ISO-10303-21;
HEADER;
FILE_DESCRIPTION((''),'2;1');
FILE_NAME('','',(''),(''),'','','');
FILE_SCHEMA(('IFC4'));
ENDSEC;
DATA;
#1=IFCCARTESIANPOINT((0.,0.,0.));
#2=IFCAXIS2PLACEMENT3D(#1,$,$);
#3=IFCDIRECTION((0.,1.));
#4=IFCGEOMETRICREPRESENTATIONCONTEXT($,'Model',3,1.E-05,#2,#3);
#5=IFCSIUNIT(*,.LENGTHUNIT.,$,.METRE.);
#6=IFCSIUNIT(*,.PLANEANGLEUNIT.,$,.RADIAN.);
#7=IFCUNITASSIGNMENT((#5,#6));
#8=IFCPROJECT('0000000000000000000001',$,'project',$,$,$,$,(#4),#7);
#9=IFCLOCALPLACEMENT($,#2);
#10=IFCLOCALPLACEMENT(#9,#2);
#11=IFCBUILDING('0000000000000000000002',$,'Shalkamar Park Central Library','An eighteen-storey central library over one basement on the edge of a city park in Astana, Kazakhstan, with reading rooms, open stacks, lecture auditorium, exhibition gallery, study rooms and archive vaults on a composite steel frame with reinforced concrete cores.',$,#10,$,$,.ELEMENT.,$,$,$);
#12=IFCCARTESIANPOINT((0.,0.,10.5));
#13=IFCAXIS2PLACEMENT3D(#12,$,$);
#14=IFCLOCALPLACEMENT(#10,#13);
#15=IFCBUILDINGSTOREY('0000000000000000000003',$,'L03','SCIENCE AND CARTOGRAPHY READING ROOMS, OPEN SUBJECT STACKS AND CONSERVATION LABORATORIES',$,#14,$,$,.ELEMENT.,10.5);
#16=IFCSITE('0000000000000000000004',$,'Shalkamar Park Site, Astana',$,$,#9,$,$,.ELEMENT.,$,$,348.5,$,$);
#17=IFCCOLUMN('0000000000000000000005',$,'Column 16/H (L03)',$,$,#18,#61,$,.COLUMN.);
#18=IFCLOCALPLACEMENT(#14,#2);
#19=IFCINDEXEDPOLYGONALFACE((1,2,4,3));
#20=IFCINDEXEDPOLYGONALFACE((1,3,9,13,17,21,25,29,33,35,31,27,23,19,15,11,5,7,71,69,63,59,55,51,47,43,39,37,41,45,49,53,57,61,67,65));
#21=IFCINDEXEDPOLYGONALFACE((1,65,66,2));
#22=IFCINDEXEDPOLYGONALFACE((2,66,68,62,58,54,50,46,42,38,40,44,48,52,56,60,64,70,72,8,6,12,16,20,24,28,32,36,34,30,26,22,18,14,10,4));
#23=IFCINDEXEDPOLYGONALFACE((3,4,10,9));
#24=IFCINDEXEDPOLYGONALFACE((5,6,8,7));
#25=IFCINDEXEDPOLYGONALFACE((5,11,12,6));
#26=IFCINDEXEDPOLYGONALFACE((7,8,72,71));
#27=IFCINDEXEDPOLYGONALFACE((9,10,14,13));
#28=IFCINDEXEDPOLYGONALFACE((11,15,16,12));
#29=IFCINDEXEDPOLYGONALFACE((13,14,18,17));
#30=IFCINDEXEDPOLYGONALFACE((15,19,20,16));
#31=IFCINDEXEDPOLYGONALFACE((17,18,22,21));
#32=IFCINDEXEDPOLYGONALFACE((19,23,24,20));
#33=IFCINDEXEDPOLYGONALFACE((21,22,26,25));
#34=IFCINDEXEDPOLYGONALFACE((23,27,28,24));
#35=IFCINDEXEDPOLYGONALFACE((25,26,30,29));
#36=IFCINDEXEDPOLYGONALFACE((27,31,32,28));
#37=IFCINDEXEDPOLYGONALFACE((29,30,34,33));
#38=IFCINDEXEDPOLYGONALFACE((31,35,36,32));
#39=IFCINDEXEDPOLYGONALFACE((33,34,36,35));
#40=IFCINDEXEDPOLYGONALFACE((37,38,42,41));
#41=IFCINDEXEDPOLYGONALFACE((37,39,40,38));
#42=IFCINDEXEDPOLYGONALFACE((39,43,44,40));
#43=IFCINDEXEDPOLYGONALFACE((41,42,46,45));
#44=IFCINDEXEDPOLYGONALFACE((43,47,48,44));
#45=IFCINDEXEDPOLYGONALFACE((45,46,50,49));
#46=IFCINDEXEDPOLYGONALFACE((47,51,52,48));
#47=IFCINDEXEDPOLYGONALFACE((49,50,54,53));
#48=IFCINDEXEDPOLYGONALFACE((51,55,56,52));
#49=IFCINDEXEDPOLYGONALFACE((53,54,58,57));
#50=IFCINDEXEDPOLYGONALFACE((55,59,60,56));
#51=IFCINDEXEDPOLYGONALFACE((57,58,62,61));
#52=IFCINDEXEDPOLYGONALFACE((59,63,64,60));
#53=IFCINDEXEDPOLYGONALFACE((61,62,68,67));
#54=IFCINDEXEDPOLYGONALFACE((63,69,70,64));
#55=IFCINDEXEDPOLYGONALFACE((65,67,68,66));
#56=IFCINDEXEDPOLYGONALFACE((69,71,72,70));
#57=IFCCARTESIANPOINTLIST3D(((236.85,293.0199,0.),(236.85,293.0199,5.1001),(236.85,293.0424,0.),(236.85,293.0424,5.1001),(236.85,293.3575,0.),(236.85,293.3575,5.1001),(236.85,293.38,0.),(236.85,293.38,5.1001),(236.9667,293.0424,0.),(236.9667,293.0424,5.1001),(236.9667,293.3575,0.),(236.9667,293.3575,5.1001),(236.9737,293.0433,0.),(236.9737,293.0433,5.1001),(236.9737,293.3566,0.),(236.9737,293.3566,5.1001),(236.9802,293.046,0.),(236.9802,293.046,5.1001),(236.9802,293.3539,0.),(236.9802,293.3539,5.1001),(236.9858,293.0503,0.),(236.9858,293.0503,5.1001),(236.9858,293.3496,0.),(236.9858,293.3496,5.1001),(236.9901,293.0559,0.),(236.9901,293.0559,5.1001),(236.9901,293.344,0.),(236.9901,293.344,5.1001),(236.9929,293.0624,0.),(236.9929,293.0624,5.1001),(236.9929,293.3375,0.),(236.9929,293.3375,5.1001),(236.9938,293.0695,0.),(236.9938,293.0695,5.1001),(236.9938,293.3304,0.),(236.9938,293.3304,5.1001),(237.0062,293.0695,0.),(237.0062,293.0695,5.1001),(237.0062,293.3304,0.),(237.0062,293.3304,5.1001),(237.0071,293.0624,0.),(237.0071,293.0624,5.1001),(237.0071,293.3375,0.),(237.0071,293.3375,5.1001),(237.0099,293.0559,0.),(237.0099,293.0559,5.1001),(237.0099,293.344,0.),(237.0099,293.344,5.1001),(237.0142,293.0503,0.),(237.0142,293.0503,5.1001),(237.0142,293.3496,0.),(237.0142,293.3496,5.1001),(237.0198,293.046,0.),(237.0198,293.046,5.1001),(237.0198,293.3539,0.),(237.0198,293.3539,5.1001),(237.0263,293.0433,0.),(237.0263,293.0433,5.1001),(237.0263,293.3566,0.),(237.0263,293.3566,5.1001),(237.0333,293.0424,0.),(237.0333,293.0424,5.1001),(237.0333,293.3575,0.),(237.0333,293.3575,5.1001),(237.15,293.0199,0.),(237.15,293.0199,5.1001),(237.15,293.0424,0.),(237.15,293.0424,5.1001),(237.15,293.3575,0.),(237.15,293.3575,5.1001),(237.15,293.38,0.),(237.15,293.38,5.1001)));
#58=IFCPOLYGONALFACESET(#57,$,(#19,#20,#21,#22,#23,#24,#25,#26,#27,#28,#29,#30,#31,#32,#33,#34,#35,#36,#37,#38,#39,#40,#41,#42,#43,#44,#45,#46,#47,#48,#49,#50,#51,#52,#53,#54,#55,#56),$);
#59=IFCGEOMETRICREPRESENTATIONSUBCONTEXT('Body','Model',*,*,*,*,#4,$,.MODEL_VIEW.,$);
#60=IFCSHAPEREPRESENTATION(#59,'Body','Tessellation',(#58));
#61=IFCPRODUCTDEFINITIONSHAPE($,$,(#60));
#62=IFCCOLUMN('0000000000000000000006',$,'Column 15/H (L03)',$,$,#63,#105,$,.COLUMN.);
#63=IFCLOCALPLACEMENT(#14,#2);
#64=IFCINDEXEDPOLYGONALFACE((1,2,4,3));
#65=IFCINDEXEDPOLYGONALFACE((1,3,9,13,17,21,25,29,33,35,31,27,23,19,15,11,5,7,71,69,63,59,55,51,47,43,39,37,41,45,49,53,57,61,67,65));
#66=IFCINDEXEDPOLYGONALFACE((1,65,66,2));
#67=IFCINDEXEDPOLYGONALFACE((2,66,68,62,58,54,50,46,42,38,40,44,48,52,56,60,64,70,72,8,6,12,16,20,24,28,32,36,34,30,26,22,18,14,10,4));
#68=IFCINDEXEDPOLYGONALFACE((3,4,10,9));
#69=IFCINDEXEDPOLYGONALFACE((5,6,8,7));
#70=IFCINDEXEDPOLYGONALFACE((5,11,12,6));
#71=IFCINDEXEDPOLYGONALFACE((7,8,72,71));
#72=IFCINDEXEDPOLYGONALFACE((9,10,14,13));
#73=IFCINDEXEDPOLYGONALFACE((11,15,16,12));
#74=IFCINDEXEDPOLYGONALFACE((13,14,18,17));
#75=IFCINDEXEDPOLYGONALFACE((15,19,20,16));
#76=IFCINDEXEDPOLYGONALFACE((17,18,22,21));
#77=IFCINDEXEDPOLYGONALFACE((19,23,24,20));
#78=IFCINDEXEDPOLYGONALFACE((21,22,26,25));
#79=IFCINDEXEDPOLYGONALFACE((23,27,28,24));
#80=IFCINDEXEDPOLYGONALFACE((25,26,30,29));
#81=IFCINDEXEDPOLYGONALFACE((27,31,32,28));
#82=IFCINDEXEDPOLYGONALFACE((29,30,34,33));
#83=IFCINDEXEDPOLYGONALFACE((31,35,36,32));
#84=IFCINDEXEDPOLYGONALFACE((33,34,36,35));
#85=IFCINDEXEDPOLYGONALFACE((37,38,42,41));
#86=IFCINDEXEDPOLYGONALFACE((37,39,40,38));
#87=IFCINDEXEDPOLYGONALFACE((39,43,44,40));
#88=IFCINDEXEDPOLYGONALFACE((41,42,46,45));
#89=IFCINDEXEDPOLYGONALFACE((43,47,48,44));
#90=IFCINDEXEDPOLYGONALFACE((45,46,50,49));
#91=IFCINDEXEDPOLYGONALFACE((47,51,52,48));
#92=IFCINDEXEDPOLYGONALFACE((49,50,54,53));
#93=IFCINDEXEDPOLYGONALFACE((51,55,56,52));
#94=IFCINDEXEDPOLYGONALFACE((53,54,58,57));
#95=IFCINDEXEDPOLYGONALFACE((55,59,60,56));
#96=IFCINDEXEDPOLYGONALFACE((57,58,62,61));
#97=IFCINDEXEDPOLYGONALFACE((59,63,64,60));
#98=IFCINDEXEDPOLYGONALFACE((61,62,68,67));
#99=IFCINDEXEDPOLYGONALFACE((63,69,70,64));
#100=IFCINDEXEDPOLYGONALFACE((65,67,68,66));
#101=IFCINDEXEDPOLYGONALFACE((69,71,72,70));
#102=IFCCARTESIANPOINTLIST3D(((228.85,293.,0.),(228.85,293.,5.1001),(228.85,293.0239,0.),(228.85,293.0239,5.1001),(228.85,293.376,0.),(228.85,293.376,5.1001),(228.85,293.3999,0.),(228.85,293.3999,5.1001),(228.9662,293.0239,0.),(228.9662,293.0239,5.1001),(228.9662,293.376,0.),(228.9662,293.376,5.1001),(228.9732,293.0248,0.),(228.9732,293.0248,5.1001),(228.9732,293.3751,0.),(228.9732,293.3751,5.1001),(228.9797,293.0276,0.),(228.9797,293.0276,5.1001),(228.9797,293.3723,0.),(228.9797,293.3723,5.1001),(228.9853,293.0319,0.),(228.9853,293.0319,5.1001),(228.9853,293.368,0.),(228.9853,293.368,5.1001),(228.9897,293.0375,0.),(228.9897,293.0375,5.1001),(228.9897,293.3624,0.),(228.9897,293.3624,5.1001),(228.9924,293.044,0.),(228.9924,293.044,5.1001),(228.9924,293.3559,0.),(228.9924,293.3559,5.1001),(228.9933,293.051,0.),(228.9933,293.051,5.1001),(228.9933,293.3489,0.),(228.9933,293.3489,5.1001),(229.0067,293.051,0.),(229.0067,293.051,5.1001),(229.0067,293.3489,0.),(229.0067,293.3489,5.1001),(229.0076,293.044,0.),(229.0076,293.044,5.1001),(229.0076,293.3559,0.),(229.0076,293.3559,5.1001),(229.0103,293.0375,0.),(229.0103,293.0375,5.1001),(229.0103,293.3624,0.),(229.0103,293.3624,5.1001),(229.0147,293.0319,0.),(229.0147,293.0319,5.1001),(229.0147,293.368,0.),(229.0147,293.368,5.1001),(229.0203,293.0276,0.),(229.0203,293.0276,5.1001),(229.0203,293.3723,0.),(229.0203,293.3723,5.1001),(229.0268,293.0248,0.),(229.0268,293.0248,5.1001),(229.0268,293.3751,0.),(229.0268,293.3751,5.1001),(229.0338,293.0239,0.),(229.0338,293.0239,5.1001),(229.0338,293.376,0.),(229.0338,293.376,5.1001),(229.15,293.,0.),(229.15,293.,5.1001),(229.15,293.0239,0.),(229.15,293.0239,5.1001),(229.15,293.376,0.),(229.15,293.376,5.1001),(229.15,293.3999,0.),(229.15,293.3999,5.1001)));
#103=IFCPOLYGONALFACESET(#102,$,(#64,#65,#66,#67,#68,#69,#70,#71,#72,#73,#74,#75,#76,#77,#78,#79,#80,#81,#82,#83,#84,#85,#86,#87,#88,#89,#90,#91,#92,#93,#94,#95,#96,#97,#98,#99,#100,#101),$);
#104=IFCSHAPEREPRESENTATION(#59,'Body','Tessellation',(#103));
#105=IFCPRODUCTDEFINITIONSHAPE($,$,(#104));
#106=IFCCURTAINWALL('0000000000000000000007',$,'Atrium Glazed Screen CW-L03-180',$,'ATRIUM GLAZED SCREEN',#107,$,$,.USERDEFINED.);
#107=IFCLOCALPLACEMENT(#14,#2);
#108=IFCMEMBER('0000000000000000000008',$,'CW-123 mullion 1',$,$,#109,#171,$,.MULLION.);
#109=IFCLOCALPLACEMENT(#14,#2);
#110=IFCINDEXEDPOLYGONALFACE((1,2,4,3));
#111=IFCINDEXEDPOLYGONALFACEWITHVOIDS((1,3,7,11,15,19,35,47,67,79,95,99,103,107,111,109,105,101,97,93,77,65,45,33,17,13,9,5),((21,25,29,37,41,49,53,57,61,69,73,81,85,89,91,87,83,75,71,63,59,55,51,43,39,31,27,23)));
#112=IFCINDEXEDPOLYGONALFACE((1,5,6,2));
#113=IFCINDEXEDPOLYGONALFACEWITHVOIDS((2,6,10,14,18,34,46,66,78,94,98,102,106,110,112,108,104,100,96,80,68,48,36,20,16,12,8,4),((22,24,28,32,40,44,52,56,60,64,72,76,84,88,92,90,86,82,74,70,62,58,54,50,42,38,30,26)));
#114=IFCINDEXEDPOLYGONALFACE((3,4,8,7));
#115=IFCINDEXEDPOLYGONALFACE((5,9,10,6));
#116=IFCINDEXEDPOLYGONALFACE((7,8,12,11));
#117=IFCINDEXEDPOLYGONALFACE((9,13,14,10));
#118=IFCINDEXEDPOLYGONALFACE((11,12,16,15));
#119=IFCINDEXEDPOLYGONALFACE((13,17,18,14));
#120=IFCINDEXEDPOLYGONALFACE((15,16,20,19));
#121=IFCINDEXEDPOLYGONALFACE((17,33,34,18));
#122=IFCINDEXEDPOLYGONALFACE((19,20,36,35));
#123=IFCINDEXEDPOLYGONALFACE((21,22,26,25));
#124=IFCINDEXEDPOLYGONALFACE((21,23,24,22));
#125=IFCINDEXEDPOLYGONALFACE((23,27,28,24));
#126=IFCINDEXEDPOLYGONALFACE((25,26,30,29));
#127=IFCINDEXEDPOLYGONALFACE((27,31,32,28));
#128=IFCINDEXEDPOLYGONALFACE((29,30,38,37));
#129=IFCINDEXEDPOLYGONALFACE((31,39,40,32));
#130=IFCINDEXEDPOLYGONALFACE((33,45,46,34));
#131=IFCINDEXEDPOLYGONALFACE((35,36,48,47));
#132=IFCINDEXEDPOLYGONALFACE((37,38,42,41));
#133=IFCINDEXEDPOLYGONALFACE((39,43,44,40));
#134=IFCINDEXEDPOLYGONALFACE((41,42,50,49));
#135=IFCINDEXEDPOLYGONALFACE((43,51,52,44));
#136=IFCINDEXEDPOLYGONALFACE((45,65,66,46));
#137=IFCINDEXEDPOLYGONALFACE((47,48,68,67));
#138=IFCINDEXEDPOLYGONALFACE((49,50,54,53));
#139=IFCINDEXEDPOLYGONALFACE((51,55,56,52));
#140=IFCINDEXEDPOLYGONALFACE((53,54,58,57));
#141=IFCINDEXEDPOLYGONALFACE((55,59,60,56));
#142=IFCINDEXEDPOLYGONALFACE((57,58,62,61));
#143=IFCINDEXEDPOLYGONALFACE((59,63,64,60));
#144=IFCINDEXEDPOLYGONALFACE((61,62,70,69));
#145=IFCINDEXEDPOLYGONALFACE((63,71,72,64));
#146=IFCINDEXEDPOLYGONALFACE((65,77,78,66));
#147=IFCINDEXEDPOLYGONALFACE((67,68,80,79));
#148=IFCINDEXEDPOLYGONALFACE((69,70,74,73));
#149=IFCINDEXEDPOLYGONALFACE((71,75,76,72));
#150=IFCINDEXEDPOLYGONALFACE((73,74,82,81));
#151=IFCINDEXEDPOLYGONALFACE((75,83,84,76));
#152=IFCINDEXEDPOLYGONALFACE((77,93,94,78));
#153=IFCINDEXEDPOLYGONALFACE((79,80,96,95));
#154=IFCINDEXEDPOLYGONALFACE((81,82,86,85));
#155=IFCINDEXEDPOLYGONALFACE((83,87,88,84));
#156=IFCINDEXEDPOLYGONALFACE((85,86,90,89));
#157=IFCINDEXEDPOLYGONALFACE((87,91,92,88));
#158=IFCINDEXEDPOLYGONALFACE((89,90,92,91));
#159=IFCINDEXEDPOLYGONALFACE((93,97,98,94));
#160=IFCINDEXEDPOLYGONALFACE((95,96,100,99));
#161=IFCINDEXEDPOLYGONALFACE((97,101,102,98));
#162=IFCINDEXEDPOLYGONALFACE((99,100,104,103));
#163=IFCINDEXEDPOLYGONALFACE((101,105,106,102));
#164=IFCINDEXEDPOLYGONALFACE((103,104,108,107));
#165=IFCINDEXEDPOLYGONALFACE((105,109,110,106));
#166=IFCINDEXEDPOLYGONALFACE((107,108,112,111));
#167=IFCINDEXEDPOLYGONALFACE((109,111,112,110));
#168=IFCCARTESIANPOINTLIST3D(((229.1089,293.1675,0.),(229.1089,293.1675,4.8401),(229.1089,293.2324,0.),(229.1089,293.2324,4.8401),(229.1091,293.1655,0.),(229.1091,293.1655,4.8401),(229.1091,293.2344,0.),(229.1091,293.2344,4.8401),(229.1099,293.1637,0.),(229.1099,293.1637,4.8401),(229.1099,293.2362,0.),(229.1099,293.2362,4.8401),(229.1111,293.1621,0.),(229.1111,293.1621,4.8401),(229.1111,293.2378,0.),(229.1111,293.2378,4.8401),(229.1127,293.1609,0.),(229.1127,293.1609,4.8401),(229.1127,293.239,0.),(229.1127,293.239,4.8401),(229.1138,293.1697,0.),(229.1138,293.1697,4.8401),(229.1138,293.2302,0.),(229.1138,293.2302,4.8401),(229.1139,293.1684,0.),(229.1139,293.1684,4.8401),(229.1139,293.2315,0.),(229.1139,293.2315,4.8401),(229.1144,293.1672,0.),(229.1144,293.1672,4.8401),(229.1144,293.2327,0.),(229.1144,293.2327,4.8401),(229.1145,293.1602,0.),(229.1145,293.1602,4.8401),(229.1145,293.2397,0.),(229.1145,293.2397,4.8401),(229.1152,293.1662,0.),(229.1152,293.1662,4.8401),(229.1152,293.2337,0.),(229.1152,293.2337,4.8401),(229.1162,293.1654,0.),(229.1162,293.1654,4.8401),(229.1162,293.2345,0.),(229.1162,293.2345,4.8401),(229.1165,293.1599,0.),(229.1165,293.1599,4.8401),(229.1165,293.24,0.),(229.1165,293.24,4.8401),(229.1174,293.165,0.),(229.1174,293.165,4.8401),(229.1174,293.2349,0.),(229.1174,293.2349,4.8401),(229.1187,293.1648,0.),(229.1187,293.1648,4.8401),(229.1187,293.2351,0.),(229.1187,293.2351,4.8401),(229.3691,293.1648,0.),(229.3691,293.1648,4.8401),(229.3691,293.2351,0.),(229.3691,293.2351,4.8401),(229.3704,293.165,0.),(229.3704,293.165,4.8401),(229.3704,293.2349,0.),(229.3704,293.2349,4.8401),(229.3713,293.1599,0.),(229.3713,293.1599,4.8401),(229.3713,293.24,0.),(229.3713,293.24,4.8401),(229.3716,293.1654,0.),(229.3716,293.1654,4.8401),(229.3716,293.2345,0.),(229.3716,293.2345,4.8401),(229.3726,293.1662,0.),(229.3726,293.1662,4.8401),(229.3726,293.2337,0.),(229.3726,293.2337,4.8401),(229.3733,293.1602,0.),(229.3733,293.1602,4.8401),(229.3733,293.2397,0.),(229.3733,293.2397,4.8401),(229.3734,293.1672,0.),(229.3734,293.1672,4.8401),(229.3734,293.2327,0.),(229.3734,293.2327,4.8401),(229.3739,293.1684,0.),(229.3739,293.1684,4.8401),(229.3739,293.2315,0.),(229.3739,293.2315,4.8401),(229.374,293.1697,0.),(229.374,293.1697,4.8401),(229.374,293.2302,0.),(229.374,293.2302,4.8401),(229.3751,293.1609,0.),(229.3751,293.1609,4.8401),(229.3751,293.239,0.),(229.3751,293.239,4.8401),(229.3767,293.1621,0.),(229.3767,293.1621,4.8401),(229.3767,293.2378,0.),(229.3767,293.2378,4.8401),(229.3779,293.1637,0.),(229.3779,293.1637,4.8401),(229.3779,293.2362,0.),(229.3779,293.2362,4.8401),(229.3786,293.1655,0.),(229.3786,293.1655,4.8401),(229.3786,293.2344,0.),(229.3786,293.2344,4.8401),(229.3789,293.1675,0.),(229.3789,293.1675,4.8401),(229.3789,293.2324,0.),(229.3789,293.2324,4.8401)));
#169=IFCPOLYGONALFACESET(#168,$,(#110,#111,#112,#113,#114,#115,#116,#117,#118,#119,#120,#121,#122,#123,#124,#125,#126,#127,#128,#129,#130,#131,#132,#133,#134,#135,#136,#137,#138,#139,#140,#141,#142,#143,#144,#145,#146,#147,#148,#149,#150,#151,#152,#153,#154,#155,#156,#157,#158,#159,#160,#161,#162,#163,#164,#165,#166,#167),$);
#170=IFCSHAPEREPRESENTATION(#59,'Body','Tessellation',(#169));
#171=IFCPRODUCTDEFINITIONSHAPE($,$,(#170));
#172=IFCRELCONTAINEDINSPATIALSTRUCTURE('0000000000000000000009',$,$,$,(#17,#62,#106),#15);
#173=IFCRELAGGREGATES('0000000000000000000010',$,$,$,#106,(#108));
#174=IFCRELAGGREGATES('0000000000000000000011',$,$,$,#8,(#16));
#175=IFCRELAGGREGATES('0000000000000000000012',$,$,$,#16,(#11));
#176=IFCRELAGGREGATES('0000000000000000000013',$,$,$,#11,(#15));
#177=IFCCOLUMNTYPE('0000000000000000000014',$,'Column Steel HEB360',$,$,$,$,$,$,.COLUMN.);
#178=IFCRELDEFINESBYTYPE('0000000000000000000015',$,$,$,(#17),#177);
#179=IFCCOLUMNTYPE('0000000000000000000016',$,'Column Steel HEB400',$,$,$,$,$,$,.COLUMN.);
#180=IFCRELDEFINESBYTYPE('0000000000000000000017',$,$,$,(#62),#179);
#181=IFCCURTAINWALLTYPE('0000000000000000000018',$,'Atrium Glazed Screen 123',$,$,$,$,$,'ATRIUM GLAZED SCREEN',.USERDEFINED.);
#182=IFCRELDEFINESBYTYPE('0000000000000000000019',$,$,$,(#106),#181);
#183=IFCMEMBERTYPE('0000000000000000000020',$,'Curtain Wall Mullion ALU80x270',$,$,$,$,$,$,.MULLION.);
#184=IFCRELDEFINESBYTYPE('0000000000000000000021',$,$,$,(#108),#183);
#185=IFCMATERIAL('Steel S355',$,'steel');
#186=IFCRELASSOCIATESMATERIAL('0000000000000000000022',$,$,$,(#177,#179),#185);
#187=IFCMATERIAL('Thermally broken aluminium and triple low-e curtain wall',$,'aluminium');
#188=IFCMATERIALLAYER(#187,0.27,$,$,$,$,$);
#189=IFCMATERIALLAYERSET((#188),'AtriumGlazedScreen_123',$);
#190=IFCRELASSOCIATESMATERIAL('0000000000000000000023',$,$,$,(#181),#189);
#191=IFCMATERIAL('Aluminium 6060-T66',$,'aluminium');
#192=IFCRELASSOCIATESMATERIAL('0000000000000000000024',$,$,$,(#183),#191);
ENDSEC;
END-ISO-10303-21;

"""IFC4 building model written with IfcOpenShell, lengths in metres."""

from ifc_helpers import new_model, si_unit, direction, frame, origin, origin_2d, place, context, subcontext, project, spatial, hollow_rectangle, i_section, extrude, material, layer, layer_set, material_profile, profile_set, type_object, element, aggregate, save


model = new_model("IFC4")

# Units and contexts
model_context = context("Model", 3, precision=1e-05, world=origin(), true_north=direction((0.0, 1.0)))
body_context = subcontext(model_context, "Body", "Model", "MODEL_VIEW")
ifc_project = project(units=[si_unit("LENGTHUNIT", "METRE"), si_unit("PLANEANGLEUNIT", "RADIAN")], contexts=[model_context])

# Site, building, storey
site_placement = place(None, origin())
site = spatial("IfcSite", under=ifc_project, at=site_placement, Name="Shalkamar Park Site, Astana", CompositionType="ELEMENT", RefElevation=348.5)
building_placement = place(site_placement, origin())
building = spatial("IfcBuilding", under=site, at=building_placement, Name="Shalkamar Park Central Library", Description="An eighteen-storey central library over one basement on the edge of a city park in Astana, Kazakhstan, with reading rooms, open stacks, lecture auditorium, exhibition gallery, study rooms and archive vaults on a composite steel frame with reinforced concrete cores.", CompositionType="ELEMENT")
storey_placement = place(building_placement, frame((0.0, 0.0, 10.5)))
storey = spatial("IfcBuildingStorey", under=building, at=storey_placement, Name="L03", Description="SCIENCE AND CARTOGRAPHY READING ROOMS, OPEN SUBJECT STACKS AND CONSERVATION LABORATORIES", CompositionType="ELEMENT", Elevation=10.5)

# Columns
ifc_material_1 = material(Name="Steel S355", Category="steel")
ifc_material_profile_1 = material_profile(ifc_material_1, i_section(OverallWidth=0.3, OverallDepth=0.3601, WebThickness=0.0125, FlangeThickness=0.0225, FilletRadius=0.0271, at=origin_2d()), Name="HEB 360")
ifc_profile_set_1 = profile_set([ifc_material_profile_1], Name="Steel S355")
column_type_1 = type_object("IfcColumnType", Name="Column Steel HEB360", PredefinedType="COLUMN", material=ifc_profile_set_1)
column_1_placement = place(storey_placement, frame((237.0, 293.2, 0.0), z_axis=(0.0, 0.0, 1.0), x_axis=(1.0, 0.0, 0.0)))
element("IfcColumn", 1, at=column_1_placement, inside=storey, type_object=column_type_1, Name="Column 16/H (L03)", PredefinedType="COLUMN", context=body_context, shape_type="SweptSolid", body=[
    extrude(i_section(OverallWidth=0.3, OverallDepth=0.3601, WebThickness=0.0125, FlangeThickness=0.0225, FilletRadius=0.0271, at=origin_2d()), origin(), (0.0, 0.0, 1.0), 5.1001),
])
ifc_material_profile_2 = material_profile(ifc_material_1, i_section(OverallWidth=0.3, OverallDepth=0.3999, WebThickness=0.0134, FlangeThickness=0.0239, FilletRadius=0.0271, at=origin_2d()), Name="HEB 400")
ifc_profile_set_2 = profile_set([ifc_material_profile_2], Name="Steel S355")
column_type_2 = type_object("IfcColumnType", Name="Column Steel HEB400", PredefinedType="COLUMN", material=ifc_profile_set_2)
column_2_placement = place(storey_placement, frame((229.0, 293.2, 0.0), z_axis=(0.0, 0.0, 1.0), x_axis=(1.0, 0.0, 0.0)))
element("IfcColumn", 2, at=column_2_placement, inside=storey, type_object=column_type_2, Name="Column 15/H (L03)", PredefinedType="COLUMN", context=body_context, shape_type="SweptSolid", body=[
    extrude(i_section(OverallWidth=0.3, OverallDepth=0.3999, WebThickness=0.0134, FlangeThickness=0.0239, FilletRadius=0.0271, at=origin_2d()), origin(), (0.0, 0.0, 1.0), 5.1001),
])

# Curtain wall, member
ifc_material_2 = material(Name="Thermally broken aluminium and triple low-e curtain wall", Category="aluminium")
ifc_layer_1 = layer(ifc_material_2, 0.27)
ifc_layer_set_1 = layer_set([ifc_layer_1], Name="AtriumGlazedScreen_123")
curtain_wall_type = type_object("IfcCurtainWallType", Name="Atrium Glazed Screen 123", ElementType="ATRIUM GLAZED SCREEN", PredefinedType="USERDEFINED", material=ifc_layer_set_1)
curtain_wall_placement = place(storey_placement, origin())
curtain_wall = element("IfcCurtainWall", 3, at=curtain_wall_placement, inside=storey, type_object=curtain_wall_type, Name="Atrium Glazed Screen CW-L03-180", ObjectType="ATRIUM GLAZED SCREEN", PredefinedType="USERDEFINED")
ifc_material_3 = material(Name="Aluminium 6060-T66", Category="aluminium")
ifc_material_profile_3 = material_profile(ifc_material_3, hollow_rectangle(XDim=0.0801, YDim=0.27, WallThickness=0.0049, InnerFilletRadius=0.0049, OuterFilletRadius=0.0076, at=origin_2d()), Name="ALU 80x270x5")
ifc_profile_set_3 = profile_set([ifc_material_profile_3], Name="Aluminium 6060-T66")
member_type_1 = type_object("IfcMemberType", Name="Curtain Wall Mullion ALU80x270", PredefinedType="MULLION", material=ifc_profile_set_3)
member_1_placement = place(storey_placement, frame((229.2439, 293.2, 0.0), z_axis=(0.0, 0.0, 1.0), x_axis=(0.0, 1.0, 0.0)))
member_1 = element("IfcMember", 4, at=member_1_placement, type_object=member_type_1, Name="CW-123 mullion 1", PredefinedType="MULLION", context=body_context, shape_type="SweptSolid", body=[
    extrude(hollow_rectangle(XDim=0.0801, YDim=0.27, WallThickness=0.0049, InnerFilletRadius=0.0049, OuterFilletRadius=0.0076, at=origin_2d()), origin(), (0.0, 0.0, 1.0), 4.8401),
])

aggregate(curtain_wall, [member_1])

save(model, "model.ifc")
